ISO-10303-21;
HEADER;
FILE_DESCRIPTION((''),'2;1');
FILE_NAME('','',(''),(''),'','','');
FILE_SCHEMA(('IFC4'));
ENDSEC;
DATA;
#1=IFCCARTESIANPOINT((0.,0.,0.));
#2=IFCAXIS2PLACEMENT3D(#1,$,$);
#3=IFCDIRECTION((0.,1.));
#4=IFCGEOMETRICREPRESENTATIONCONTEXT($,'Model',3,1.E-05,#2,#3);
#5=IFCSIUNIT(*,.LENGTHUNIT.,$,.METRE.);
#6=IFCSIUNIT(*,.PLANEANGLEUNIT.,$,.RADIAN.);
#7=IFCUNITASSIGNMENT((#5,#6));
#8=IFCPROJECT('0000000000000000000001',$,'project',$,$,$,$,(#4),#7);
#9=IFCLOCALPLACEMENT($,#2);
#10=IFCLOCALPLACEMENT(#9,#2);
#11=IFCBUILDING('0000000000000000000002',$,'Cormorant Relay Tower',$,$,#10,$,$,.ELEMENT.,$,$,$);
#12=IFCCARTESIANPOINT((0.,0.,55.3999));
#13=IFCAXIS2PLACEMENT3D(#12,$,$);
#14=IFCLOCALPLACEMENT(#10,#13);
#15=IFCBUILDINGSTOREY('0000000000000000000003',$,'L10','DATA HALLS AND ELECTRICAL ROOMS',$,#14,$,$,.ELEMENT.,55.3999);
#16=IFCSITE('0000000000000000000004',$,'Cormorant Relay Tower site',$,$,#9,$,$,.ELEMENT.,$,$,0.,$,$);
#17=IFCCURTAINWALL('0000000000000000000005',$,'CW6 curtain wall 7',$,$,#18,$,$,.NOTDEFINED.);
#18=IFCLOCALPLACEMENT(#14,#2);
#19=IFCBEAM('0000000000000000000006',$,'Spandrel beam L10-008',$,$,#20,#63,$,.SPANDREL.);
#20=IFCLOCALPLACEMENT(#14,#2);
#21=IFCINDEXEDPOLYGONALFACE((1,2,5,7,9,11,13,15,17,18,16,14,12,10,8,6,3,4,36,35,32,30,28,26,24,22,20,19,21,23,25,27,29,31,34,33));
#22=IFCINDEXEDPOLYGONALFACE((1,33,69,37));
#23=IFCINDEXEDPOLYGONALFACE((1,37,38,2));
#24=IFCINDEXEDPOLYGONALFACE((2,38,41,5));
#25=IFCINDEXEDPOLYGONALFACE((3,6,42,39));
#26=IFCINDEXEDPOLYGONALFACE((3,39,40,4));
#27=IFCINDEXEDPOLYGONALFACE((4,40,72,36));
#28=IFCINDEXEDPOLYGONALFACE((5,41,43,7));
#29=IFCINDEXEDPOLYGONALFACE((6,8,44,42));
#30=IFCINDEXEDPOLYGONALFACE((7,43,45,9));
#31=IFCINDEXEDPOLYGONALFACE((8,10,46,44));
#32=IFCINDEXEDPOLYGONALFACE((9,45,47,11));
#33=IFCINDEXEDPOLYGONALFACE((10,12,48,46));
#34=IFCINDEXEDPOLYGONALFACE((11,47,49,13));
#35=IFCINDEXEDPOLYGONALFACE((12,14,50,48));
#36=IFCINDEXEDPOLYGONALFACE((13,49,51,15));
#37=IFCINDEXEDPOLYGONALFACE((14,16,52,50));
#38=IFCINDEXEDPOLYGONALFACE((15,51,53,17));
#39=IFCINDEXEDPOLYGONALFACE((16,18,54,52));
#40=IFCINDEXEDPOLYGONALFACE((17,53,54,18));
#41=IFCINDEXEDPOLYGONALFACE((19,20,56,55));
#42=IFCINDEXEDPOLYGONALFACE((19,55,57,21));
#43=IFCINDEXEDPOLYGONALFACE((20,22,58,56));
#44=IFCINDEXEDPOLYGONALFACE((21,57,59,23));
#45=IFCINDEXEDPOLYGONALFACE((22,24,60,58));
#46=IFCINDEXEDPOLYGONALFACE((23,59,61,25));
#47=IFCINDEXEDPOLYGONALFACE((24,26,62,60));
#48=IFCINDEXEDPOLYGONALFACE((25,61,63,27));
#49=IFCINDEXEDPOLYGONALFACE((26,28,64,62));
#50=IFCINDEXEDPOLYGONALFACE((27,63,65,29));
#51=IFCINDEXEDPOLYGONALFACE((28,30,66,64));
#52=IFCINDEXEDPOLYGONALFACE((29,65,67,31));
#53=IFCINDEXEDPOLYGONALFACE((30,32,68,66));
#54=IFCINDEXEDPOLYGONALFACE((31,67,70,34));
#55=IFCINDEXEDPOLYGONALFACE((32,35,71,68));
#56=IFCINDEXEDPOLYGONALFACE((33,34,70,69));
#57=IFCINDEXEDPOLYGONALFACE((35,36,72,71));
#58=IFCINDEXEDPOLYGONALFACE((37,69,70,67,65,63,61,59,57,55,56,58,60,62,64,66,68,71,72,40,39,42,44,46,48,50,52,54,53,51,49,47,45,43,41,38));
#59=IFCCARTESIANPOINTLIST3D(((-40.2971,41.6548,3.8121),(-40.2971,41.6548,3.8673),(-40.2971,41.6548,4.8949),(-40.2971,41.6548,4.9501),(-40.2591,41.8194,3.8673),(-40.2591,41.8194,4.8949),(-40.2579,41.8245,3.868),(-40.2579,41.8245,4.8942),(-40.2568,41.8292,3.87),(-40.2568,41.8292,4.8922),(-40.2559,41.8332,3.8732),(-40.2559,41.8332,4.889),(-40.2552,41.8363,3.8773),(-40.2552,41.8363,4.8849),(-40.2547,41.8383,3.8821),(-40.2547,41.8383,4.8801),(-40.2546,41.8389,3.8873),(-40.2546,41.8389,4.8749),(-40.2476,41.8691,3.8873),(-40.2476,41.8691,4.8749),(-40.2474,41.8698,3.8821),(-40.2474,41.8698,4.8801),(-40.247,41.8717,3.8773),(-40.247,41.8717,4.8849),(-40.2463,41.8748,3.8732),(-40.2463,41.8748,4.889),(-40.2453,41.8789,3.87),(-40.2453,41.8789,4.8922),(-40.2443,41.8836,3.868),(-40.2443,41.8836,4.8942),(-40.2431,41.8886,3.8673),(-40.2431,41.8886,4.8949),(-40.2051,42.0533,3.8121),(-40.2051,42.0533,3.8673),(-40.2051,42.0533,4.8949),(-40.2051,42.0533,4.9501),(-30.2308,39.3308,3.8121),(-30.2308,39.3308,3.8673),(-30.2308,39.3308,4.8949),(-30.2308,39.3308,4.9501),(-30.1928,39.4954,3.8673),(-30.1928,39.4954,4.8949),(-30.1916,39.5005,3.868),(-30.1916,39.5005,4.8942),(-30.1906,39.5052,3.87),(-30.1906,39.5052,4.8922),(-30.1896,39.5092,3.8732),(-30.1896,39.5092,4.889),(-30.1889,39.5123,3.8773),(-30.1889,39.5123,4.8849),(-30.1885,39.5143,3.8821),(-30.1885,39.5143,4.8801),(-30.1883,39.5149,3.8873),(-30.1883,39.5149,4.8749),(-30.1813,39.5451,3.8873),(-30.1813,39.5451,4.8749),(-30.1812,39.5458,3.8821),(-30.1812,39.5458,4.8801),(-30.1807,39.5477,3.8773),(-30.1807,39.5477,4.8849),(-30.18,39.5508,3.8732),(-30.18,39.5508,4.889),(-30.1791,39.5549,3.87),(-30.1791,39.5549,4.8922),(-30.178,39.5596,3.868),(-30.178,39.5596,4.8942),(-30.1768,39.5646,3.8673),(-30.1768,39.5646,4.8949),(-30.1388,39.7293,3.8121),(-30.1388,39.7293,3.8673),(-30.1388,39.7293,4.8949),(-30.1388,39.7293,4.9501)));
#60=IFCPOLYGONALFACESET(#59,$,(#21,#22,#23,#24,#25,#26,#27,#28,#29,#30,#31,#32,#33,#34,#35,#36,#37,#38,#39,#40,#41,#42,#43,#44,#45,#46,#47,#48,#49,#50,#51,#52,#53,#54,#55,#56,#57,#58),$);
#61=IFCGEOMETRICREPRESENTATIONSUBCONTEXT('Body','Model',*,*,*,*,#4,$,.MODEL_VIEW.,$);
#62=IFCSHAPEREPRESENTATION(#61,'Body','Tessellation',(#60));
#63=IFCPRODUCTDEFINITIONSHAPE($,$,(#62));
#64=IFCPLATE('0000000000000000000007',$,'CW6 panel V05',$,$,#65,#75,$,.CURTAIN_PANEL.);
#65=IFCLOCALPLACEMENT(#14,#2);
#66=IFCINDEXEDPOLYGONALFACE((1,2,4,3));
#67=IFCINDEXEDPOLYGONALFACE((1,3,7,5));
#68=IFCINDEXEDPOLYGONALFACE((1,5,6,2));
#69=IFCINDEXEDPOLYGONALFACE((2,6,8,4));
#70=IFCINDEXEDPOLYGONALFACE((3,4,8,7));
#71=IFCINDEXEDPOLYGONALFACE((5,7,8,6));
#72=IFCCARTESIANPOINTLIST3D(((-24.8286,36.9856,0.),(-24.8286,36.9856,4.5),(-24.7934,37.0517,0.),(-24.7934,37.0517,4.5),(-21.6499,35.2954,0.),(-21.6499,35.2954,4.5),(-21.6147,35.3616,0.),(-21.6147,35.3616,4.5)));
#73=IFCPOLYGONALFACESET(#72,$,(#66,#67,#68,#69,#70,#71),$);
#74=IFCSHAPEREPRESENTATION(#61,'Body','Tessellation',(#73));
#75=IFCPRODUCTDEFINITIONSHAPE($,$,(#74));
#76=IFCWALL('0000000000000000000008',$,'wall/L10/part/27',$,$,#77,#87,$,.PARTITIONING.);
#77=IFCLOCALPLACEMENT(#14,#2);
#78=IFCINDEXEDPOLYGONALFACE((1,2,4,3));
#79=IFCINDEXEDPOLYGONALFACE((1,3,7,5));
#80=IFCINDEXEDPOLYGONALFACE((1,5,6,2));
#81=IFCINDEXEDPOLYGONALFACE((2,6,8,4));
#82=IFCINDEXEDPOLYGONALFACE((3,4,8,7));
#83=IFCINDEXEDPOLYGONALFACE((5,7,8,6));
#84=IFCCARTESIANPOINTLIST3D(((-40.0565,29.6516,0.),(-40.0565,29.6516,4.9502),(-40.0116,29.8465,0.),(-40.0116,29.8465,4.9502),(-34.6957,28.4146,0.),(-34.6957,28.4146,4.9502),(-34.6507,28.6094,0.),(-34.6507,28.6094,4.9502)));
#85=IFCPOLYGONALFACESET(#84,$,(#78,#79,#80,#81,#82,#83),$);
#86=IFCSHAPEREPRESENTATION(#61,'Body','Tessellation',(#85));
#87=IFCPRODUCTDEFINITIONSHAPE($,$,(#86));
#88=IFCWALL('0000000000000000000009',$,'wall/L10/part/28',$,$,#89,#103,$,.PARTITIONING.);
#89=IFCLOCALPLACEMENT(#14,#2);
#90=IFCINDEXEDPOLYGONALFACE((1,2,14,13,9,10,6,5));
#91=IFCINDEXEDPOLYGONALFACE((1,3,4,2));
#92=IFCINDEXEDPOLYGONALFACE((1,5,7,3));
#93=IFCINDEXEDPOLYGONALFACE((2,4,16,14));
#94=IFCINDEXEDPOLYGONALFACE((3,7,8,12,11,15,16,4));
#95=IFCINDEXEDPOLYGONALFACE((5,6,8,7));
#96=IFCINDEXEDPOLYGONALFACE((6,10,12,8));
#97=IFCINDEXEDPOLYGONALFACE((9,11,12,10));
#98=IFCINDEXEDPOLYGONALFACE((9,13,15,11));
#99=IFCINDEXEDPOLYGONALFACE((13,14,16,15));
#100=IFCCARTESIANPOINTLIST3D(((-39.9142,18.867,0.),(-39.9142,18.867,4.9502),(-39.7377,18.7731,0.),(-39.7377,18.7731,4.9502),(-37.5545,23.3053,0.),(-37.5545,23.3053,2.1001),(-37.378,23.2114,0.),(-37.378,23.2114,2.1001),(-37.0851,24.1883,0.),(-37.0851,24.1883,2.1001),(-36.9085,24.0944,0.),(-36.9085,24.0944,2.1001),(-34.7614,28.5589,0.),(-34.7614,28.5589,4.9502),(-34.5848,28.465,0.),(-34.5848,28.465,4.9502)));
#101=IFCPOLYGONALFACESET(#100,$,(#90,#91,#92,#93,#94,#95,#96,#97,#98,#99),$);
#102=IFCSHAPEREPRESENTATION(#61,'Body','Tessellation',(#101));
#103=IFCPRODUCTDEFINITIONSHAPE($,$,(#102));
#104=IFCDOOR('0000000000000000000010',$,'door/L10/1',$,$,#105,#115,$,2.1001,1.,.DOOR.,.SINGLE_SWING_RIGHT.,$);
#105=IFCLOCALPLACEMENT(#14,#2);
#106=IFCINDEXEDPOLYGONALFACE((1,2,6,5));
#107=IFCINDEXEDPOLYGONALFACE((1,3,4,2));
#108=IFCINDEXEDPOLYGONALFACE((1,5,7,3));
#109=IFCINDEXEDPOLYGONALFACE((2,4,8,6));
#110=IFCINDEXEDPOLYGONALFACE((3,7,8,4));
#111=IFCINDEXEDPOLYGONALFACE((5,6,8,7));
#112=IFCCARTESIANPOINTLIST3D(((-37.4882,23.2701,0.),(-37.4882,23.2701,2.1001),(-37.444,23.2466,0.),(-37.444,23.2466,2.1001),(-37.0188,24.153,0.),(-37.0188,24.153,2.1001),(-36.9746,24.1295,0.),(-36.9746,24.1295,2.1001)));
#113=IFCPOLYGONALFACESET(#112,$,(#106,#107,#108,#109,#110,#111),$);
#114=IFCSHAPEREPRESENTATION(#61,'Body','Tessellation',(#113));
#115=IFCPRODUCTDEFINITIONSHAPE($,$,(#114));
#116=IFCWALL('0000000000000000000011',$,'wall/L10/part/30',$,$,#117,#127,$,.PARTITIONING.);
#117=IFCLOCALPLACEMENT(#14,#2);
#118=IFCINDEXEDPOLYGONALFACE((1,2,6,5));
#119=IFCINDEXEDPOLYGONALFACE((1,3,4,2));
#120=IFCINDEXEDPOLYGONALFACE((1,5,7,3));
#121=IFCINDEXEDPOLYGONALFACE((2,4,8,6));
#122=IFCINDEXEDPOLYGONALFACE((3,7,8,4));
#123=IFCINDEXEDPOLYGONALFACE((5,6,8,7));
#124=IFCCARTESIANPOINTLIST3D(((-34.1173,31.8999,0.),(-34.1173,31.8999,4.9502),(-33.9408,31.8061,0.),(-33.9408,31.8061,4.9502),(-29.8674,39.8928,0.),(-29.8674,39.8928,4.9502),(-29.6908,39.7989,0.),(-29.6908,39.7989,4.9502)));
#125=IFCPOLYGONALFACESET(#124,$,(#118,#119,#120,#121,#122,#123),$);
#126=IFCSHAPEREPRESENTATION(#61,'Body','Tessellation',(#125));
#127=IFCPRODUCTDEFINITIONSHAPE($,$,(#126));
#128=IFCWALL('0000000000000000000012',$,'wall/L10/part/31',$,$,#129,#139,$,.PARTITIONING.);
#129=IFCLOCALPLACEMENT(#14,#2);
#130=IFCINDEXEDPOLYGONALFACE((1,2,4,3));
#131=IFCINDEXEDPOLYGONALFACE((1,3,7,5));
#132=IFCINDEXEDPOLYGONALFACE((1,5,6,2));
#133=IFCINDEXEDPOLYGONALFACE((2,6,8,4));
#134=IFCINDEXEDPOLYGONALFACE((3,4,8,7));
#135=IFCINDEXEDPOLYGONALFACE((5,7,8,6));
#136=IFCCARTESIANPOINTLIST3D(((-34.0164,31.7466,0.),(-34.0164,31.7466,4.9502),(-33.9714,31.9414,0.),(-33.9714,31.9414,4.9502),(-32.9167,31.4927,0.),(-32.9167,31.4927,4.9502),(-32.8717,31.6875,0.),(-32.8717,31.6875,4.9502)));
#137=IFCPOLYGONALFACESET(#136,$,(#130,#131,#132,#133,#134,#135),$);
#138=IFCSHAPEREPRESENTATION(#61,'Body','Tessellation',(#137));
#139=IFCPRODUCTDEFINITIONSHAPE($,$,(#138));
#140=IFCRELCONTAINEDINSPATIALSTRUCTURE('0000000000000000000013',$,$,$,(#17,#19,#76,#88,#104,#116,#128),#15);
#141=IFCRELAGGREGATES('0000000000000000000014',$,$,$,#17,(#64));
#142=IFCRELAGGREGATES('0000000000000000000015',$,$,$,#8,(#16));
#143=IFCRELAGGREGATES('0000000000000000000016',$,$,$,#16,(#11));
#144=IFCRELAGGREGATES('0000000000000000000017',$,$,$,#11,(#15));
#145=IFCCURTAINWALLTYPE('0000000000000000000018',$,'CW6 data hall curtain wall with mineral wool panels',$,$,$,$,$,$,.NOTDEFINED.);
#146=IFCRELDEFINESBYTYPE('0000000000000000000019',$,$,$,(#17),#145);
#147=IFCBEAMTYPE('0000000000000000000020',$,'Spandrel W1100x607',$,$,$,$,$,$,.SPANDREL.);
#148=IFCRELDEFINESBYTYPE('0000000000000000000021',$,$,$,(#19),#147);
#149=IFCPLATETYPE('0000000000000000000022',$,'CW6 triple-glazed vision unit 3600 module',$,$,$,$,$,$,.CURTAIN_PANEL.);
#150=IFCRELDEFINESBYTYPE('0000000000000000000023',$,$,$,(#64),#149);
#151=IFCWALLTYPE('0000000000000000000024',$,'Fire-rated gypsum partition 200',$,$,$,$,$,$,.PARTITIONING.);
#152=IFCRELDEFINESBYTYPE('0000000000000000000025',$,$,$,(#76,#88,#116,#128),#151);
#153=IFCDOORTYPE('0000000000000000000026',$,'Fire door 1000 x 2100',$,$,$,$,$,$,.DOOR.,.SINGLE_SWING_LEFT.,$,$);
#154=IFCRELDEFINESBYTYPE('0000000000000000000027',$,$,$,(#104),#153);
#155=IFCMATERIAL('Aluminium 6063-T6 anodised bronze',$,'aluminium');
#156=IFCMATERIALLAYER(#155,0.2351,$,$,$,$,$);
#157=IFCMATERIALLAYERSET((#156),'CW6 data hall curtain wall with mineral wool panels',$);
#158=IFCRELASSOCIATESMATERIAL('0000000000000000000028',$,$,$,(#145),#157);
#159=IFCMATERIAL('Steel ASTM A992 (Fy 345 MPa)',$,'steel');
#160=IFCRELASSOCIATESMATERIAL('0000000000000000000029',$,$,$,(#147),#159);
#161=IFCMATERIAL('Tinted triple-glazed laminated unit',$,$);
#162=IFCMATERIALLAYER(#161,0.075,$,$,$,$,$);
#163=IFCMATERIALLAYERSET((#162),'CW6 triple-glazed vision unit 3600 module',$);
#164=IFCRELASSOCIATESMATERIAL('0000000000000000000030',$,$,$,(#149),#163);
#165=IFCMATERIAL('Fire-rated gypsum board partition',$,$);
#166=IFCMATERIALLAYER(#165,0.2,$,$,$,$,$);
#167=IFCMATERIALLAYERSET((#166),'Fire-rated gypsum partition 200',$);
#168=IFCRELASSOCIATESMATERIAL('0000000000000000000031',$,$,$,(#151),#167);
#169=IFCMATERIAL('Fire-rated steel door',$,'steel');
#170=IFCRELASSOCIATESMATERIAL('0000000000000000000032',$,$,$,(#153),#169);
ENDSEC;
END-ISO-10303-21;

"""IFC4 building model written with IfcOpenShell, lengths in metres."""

from ifc_helpers import new_model, si_unit, direction, frame, frame_2d, origin, origin_2d, place, context, subcontext, project, spatial, rectangle, i_section, extrude, material, layer, layer_set, material_profile, profile_set, type_object, element, fill, aggregate, save


model = new_model("IFC4")

# Units and contexts
model_context = context("Model", 3, precision=1e-05, world=origin(), true_north=direction((0.0, 1.0)))
body_context = subcontext(model_context, "Body", "Model", "MODEL_VIEW")
ifc_project = project(units=[si_unit("LENGTHUNIT", "METRE"), si_unit("PLANEANGLEUNIT", "RADIAN")], contexts=[model_context])

# Site, building, storey
site_placement = place(None, origin())
site = spatial("IfcSite", under=ifc_project, at=site_placement, Name="Cormorant Relay Tower site", CompositionType="ELEMENT", RefElevation=0.0)
building_placement = place(site_placement, origin())
building = spatial("IfcBuilding", under=site, at=building_placement, Name="Cormorant Relay Tower", CompositionType="ELEMENT")
storey_placement = place(building_placement, frame((0.0, 0.0, 55.3999)))
storey = spatial("IfcBuildingStorey", under=building, at=storey_placement, Name="L10", Description="DATA HALLS AND ELECTRICAL ROOMS", CompositionType="ELEMENT", Elevation=55.3999)

# Curtain wall
ifc_material_1 = material(Name="Aluminium 6063-T6 anodised bronze", Category="aluminium")
ifc_layer_1 = layer(ifc_material_1, 0.2351)
ifc_layer_set_1 = layer_set([ifc_layer_1], Name="CW6 data hall curtain wall with mineral wool panels")
curtain_wall_type = type_object("IfcCurtainWallType", Name="CW6 data hall curtain wall with mineral wool panels", PredefinedType="NOTDEFINED", material=ifc_layer_set_1)
curtain_wall_1_placement = place(storey_placement, origin())
curtain_wall_1 = element("IfcCurtainWall", 1, at=curtain_wall_1_placement, inside=storey, type_object=curtain_wall_type, Name="CW6 curtain wall 7", PredefinedType="NOTDEFINED")

# Beam
ifc_material_2 = material(Name="Steel ASTM A992 (Fy 345 MPa)", Category="steel")
ifc_material_profile_1 = material_profile(ifc_material_2, i_section(OverallWidth=0.4089, OverallDepth=1.1379, WebThickness=0.031, FlangeThickness=0.0552, FilletRadius=0.02, at=origin_2d()), Name="W1100x607")
ifc_profile_set_1 = profile_set([ifc_material_profile_1], Name="Steel ASTM A992 (Fy 345 MPa)")
beam_type = type_object("IfcBeamType", Name="Spandrel W1100x607", PredefinedType="SPANDREL", material=ifc_profile_set_1)
beam_placement = place(storey_placement, frame((-30.1848, 39.53, 4.3811), z_axis=(-0.97437, 0.224953, 0.0), x_axis=(-0.224953, -0.97437, 0.0)))
element("IfcBeam", 2, at=beam_placement, inside=storey, type_object=beam_type, Name="Spandrel beam L10-008", PredefinedType="SPANDREL", context=body_context, shape_type="SweptSolid", body=[
    extrude(i_section(OverallWidth=0.4089, OverallDepth=1.1379, WebThickness=0.031, FlangeThickness=0.0552, FilletRadius=0.02, at=origin_2d()), origin(), (0.0, 0.0, 1.0), 10.3311),
])

# Plate
ifc_material_3 = material(Name="Tinted triple-glazed laminated unit")
ifc_layer_2 = layer(ifc_material_3, 0.075)
ifc_layer_set_2 = layer_set([ifc_layer_2], Name="CW6 triple-glazed vision unit 3600 module")
plate_type = type_object("IfcPlateType", Name="CW6 triple-glazed vision unit 3600 module", PredefinedType="CURTAIN_PANEL", material=ifc_layer_set_2)
plate_placement = place(storey_placement, frame((-23.2217, 36.1736, 0.0), z_axis=(0.0, 0.0, 1.0), x_axis=(-0.882948, 0.469472, 0.0)))
plate = element("IfcPlate", 3, at=plate_placement, type_object=plate_type, Name="CW6 panel V05", PredefinedType="CURTAIN_PANEL", context=body_context, shape_type="SweptSolid", body=[
    extrude(rectangle(XDim=3.6001, YDim=0.075, at=origin_2d()), origin(), (0.0, 0.0, 1.0), 4.5),
])

# Wall
ifc_material_4 = material(Name="Fire-rated gypsum board partition")
ifc_layer_3 = layer(ifc_material_4, 0.2)
ifc_layer_set_3 = layer_set([ifc_layer_3], Name="Fire-rated gypsum partition 200")
wall_type = type_object("IfcWallType", Name="Fire-rated gypsum partition 200", PredefinedType="PARTITIONING", material=ifc_layer_set_3)
wall_1_placement = place(storey_placement, frame((-34.6731, 28.512, 0.0), z_axis=(0.0, 0.0, 1.0), x_axis=(-0.974393, 0.22485, 0.0)))
element("IfcWall", 4, at=wall_1_placement, inside=storey, type_object=wall_type, Name="wall/L10/part/27", PredefinedType="PARTITIONING", context=body_context, shape_type="SweptSolid", body=[
    extrude(rectangle(XDim=5.5017, YDim=0.2, at=frame_2d((2.751, 0.0))), origin(), (0.0, 0.0, 1.0), 4.9502),
])

# Wall, opening, door
wall_2_placement = place(storey_placement, frame((-34.6731, 28.512, 0.0), z_axis=(0.0, 0.0, 1.0), x_axis=(-0.46944, -0.882964, 0.0)))
wall_2 = element("IfcWall", 5, at=wall_2_placement, inside=storey, type_object=wall_type, Name="wall/L10/part/28", PredefinedType="PARTITIONING", context=body_context, shape_type="SweptSolid", body=[
    extrude(rectangle(XDim=10.9766, YDim=0.2, at=frame_2d((5.4883, 0.0))), origin(), (0.0, 0.0, 1.0), 4.9502),
])
opening_1_placement = place(wall_2_placement, frame((4.95, 0.0, 0.0)))
opening_1 = element("IfcOpeningElement", 6, at=opening_1_placement, cuts=wall_2, PredefinedType="OPENING", context=body_context, shape_type="SweptSolid", body=[
    extrude(rectangle(XDim=1.0, YDim=2.1001, at=frame_2d((0.5, 1.05))), frame((0.0, 0.1099, 0.0), z_axis=(0.0, -1.0, 0.0), x_axis=(1.0, 0.0, 0.0)), (0.0, 0.0, 1.0), 0.22),
])
ifc_material_5 = material(Name="Fire-rated steel door", Category="steel")
door_type = type_object("IfcDoorType", Name="Fire door 1000 x 2100", OperationType="SINGLE_SWING_LEFT", PredefinedType="DOOR", material=ifc_material_5)
door_1_placement = place(opening_1_placement, frame((1.0, 0.0, 0.0), z_axis=(0.0, 0.0, 1.0), x_axis=(-1.0, 0.0, 0.0)))
door_1 = element("IfcDoor", 7, at=door_1_placement, inside=storey, type_object=door_type, Name="door/L10/1", OperationType="SINGLE_SWING_RIGHT", OverallHeight=2.1001, OverallWidth=1.0, PredefinedType="DOOR", context=body_context, shape_type="SweptSolid", body=[
    extrude(rectangle(XDim=1.0, YDim=2.1001, at=frame_2d((0.5, 1.05))), frame((0.0, 0.0249, 0.0), z_axis=(0.0, -1.0, 0.0), x_axis=(1.0, 0.0, 0.0)), (0.0, 0.0, 1.0), 0.05),
])
fill(opening_1, door_1)

# Walls
wall_3_placement = place(storey_placement, frame((-29.7791, 39.8459, 0.0), z_axis=(0.0, 0.0, 1.0), x_axis=(-0.469479, -0.882944, 0.0)))
element("IfcWall", 8, at=wall_3_placement, inside=storey, type_object=wall_type, Name="wall/L10/part/30", PredefinedType="PARTITIONING", context=body_context, shape_type="SweptSolid", body=[
    extrude(rectangle(XDim=9.0525, YDim=0.2, at=frame_2d((4.5264, 0.0))), origin(), (0.0, 0.0, 1.0), 4.9502),
])
wall_4_placement = place(storey_placement, frame((-32.894, 31.5901, 0.0), z_axis=(0.0, 0.0, 1.0), x_axis=(-0.974373, 0.224938, 0.0)))
element("IfcWall", 9, at=wall_4_placement, inside=storey, type_object=wall_type, Name="wall/L10/part/31", PredefinedType="PARTITIONING", context=body_context, shape_type="SweptSolid", body=[
    extrude(rectangle(XDim=1.1287, YDim=0.2, at=frame_2d((0.5645, 0.0))), origin(), (0.0, 0.0, 1.0), 4.9502),
])

aggregate(curtain_wall_1, [plate])

save(model, "model.ifc")
